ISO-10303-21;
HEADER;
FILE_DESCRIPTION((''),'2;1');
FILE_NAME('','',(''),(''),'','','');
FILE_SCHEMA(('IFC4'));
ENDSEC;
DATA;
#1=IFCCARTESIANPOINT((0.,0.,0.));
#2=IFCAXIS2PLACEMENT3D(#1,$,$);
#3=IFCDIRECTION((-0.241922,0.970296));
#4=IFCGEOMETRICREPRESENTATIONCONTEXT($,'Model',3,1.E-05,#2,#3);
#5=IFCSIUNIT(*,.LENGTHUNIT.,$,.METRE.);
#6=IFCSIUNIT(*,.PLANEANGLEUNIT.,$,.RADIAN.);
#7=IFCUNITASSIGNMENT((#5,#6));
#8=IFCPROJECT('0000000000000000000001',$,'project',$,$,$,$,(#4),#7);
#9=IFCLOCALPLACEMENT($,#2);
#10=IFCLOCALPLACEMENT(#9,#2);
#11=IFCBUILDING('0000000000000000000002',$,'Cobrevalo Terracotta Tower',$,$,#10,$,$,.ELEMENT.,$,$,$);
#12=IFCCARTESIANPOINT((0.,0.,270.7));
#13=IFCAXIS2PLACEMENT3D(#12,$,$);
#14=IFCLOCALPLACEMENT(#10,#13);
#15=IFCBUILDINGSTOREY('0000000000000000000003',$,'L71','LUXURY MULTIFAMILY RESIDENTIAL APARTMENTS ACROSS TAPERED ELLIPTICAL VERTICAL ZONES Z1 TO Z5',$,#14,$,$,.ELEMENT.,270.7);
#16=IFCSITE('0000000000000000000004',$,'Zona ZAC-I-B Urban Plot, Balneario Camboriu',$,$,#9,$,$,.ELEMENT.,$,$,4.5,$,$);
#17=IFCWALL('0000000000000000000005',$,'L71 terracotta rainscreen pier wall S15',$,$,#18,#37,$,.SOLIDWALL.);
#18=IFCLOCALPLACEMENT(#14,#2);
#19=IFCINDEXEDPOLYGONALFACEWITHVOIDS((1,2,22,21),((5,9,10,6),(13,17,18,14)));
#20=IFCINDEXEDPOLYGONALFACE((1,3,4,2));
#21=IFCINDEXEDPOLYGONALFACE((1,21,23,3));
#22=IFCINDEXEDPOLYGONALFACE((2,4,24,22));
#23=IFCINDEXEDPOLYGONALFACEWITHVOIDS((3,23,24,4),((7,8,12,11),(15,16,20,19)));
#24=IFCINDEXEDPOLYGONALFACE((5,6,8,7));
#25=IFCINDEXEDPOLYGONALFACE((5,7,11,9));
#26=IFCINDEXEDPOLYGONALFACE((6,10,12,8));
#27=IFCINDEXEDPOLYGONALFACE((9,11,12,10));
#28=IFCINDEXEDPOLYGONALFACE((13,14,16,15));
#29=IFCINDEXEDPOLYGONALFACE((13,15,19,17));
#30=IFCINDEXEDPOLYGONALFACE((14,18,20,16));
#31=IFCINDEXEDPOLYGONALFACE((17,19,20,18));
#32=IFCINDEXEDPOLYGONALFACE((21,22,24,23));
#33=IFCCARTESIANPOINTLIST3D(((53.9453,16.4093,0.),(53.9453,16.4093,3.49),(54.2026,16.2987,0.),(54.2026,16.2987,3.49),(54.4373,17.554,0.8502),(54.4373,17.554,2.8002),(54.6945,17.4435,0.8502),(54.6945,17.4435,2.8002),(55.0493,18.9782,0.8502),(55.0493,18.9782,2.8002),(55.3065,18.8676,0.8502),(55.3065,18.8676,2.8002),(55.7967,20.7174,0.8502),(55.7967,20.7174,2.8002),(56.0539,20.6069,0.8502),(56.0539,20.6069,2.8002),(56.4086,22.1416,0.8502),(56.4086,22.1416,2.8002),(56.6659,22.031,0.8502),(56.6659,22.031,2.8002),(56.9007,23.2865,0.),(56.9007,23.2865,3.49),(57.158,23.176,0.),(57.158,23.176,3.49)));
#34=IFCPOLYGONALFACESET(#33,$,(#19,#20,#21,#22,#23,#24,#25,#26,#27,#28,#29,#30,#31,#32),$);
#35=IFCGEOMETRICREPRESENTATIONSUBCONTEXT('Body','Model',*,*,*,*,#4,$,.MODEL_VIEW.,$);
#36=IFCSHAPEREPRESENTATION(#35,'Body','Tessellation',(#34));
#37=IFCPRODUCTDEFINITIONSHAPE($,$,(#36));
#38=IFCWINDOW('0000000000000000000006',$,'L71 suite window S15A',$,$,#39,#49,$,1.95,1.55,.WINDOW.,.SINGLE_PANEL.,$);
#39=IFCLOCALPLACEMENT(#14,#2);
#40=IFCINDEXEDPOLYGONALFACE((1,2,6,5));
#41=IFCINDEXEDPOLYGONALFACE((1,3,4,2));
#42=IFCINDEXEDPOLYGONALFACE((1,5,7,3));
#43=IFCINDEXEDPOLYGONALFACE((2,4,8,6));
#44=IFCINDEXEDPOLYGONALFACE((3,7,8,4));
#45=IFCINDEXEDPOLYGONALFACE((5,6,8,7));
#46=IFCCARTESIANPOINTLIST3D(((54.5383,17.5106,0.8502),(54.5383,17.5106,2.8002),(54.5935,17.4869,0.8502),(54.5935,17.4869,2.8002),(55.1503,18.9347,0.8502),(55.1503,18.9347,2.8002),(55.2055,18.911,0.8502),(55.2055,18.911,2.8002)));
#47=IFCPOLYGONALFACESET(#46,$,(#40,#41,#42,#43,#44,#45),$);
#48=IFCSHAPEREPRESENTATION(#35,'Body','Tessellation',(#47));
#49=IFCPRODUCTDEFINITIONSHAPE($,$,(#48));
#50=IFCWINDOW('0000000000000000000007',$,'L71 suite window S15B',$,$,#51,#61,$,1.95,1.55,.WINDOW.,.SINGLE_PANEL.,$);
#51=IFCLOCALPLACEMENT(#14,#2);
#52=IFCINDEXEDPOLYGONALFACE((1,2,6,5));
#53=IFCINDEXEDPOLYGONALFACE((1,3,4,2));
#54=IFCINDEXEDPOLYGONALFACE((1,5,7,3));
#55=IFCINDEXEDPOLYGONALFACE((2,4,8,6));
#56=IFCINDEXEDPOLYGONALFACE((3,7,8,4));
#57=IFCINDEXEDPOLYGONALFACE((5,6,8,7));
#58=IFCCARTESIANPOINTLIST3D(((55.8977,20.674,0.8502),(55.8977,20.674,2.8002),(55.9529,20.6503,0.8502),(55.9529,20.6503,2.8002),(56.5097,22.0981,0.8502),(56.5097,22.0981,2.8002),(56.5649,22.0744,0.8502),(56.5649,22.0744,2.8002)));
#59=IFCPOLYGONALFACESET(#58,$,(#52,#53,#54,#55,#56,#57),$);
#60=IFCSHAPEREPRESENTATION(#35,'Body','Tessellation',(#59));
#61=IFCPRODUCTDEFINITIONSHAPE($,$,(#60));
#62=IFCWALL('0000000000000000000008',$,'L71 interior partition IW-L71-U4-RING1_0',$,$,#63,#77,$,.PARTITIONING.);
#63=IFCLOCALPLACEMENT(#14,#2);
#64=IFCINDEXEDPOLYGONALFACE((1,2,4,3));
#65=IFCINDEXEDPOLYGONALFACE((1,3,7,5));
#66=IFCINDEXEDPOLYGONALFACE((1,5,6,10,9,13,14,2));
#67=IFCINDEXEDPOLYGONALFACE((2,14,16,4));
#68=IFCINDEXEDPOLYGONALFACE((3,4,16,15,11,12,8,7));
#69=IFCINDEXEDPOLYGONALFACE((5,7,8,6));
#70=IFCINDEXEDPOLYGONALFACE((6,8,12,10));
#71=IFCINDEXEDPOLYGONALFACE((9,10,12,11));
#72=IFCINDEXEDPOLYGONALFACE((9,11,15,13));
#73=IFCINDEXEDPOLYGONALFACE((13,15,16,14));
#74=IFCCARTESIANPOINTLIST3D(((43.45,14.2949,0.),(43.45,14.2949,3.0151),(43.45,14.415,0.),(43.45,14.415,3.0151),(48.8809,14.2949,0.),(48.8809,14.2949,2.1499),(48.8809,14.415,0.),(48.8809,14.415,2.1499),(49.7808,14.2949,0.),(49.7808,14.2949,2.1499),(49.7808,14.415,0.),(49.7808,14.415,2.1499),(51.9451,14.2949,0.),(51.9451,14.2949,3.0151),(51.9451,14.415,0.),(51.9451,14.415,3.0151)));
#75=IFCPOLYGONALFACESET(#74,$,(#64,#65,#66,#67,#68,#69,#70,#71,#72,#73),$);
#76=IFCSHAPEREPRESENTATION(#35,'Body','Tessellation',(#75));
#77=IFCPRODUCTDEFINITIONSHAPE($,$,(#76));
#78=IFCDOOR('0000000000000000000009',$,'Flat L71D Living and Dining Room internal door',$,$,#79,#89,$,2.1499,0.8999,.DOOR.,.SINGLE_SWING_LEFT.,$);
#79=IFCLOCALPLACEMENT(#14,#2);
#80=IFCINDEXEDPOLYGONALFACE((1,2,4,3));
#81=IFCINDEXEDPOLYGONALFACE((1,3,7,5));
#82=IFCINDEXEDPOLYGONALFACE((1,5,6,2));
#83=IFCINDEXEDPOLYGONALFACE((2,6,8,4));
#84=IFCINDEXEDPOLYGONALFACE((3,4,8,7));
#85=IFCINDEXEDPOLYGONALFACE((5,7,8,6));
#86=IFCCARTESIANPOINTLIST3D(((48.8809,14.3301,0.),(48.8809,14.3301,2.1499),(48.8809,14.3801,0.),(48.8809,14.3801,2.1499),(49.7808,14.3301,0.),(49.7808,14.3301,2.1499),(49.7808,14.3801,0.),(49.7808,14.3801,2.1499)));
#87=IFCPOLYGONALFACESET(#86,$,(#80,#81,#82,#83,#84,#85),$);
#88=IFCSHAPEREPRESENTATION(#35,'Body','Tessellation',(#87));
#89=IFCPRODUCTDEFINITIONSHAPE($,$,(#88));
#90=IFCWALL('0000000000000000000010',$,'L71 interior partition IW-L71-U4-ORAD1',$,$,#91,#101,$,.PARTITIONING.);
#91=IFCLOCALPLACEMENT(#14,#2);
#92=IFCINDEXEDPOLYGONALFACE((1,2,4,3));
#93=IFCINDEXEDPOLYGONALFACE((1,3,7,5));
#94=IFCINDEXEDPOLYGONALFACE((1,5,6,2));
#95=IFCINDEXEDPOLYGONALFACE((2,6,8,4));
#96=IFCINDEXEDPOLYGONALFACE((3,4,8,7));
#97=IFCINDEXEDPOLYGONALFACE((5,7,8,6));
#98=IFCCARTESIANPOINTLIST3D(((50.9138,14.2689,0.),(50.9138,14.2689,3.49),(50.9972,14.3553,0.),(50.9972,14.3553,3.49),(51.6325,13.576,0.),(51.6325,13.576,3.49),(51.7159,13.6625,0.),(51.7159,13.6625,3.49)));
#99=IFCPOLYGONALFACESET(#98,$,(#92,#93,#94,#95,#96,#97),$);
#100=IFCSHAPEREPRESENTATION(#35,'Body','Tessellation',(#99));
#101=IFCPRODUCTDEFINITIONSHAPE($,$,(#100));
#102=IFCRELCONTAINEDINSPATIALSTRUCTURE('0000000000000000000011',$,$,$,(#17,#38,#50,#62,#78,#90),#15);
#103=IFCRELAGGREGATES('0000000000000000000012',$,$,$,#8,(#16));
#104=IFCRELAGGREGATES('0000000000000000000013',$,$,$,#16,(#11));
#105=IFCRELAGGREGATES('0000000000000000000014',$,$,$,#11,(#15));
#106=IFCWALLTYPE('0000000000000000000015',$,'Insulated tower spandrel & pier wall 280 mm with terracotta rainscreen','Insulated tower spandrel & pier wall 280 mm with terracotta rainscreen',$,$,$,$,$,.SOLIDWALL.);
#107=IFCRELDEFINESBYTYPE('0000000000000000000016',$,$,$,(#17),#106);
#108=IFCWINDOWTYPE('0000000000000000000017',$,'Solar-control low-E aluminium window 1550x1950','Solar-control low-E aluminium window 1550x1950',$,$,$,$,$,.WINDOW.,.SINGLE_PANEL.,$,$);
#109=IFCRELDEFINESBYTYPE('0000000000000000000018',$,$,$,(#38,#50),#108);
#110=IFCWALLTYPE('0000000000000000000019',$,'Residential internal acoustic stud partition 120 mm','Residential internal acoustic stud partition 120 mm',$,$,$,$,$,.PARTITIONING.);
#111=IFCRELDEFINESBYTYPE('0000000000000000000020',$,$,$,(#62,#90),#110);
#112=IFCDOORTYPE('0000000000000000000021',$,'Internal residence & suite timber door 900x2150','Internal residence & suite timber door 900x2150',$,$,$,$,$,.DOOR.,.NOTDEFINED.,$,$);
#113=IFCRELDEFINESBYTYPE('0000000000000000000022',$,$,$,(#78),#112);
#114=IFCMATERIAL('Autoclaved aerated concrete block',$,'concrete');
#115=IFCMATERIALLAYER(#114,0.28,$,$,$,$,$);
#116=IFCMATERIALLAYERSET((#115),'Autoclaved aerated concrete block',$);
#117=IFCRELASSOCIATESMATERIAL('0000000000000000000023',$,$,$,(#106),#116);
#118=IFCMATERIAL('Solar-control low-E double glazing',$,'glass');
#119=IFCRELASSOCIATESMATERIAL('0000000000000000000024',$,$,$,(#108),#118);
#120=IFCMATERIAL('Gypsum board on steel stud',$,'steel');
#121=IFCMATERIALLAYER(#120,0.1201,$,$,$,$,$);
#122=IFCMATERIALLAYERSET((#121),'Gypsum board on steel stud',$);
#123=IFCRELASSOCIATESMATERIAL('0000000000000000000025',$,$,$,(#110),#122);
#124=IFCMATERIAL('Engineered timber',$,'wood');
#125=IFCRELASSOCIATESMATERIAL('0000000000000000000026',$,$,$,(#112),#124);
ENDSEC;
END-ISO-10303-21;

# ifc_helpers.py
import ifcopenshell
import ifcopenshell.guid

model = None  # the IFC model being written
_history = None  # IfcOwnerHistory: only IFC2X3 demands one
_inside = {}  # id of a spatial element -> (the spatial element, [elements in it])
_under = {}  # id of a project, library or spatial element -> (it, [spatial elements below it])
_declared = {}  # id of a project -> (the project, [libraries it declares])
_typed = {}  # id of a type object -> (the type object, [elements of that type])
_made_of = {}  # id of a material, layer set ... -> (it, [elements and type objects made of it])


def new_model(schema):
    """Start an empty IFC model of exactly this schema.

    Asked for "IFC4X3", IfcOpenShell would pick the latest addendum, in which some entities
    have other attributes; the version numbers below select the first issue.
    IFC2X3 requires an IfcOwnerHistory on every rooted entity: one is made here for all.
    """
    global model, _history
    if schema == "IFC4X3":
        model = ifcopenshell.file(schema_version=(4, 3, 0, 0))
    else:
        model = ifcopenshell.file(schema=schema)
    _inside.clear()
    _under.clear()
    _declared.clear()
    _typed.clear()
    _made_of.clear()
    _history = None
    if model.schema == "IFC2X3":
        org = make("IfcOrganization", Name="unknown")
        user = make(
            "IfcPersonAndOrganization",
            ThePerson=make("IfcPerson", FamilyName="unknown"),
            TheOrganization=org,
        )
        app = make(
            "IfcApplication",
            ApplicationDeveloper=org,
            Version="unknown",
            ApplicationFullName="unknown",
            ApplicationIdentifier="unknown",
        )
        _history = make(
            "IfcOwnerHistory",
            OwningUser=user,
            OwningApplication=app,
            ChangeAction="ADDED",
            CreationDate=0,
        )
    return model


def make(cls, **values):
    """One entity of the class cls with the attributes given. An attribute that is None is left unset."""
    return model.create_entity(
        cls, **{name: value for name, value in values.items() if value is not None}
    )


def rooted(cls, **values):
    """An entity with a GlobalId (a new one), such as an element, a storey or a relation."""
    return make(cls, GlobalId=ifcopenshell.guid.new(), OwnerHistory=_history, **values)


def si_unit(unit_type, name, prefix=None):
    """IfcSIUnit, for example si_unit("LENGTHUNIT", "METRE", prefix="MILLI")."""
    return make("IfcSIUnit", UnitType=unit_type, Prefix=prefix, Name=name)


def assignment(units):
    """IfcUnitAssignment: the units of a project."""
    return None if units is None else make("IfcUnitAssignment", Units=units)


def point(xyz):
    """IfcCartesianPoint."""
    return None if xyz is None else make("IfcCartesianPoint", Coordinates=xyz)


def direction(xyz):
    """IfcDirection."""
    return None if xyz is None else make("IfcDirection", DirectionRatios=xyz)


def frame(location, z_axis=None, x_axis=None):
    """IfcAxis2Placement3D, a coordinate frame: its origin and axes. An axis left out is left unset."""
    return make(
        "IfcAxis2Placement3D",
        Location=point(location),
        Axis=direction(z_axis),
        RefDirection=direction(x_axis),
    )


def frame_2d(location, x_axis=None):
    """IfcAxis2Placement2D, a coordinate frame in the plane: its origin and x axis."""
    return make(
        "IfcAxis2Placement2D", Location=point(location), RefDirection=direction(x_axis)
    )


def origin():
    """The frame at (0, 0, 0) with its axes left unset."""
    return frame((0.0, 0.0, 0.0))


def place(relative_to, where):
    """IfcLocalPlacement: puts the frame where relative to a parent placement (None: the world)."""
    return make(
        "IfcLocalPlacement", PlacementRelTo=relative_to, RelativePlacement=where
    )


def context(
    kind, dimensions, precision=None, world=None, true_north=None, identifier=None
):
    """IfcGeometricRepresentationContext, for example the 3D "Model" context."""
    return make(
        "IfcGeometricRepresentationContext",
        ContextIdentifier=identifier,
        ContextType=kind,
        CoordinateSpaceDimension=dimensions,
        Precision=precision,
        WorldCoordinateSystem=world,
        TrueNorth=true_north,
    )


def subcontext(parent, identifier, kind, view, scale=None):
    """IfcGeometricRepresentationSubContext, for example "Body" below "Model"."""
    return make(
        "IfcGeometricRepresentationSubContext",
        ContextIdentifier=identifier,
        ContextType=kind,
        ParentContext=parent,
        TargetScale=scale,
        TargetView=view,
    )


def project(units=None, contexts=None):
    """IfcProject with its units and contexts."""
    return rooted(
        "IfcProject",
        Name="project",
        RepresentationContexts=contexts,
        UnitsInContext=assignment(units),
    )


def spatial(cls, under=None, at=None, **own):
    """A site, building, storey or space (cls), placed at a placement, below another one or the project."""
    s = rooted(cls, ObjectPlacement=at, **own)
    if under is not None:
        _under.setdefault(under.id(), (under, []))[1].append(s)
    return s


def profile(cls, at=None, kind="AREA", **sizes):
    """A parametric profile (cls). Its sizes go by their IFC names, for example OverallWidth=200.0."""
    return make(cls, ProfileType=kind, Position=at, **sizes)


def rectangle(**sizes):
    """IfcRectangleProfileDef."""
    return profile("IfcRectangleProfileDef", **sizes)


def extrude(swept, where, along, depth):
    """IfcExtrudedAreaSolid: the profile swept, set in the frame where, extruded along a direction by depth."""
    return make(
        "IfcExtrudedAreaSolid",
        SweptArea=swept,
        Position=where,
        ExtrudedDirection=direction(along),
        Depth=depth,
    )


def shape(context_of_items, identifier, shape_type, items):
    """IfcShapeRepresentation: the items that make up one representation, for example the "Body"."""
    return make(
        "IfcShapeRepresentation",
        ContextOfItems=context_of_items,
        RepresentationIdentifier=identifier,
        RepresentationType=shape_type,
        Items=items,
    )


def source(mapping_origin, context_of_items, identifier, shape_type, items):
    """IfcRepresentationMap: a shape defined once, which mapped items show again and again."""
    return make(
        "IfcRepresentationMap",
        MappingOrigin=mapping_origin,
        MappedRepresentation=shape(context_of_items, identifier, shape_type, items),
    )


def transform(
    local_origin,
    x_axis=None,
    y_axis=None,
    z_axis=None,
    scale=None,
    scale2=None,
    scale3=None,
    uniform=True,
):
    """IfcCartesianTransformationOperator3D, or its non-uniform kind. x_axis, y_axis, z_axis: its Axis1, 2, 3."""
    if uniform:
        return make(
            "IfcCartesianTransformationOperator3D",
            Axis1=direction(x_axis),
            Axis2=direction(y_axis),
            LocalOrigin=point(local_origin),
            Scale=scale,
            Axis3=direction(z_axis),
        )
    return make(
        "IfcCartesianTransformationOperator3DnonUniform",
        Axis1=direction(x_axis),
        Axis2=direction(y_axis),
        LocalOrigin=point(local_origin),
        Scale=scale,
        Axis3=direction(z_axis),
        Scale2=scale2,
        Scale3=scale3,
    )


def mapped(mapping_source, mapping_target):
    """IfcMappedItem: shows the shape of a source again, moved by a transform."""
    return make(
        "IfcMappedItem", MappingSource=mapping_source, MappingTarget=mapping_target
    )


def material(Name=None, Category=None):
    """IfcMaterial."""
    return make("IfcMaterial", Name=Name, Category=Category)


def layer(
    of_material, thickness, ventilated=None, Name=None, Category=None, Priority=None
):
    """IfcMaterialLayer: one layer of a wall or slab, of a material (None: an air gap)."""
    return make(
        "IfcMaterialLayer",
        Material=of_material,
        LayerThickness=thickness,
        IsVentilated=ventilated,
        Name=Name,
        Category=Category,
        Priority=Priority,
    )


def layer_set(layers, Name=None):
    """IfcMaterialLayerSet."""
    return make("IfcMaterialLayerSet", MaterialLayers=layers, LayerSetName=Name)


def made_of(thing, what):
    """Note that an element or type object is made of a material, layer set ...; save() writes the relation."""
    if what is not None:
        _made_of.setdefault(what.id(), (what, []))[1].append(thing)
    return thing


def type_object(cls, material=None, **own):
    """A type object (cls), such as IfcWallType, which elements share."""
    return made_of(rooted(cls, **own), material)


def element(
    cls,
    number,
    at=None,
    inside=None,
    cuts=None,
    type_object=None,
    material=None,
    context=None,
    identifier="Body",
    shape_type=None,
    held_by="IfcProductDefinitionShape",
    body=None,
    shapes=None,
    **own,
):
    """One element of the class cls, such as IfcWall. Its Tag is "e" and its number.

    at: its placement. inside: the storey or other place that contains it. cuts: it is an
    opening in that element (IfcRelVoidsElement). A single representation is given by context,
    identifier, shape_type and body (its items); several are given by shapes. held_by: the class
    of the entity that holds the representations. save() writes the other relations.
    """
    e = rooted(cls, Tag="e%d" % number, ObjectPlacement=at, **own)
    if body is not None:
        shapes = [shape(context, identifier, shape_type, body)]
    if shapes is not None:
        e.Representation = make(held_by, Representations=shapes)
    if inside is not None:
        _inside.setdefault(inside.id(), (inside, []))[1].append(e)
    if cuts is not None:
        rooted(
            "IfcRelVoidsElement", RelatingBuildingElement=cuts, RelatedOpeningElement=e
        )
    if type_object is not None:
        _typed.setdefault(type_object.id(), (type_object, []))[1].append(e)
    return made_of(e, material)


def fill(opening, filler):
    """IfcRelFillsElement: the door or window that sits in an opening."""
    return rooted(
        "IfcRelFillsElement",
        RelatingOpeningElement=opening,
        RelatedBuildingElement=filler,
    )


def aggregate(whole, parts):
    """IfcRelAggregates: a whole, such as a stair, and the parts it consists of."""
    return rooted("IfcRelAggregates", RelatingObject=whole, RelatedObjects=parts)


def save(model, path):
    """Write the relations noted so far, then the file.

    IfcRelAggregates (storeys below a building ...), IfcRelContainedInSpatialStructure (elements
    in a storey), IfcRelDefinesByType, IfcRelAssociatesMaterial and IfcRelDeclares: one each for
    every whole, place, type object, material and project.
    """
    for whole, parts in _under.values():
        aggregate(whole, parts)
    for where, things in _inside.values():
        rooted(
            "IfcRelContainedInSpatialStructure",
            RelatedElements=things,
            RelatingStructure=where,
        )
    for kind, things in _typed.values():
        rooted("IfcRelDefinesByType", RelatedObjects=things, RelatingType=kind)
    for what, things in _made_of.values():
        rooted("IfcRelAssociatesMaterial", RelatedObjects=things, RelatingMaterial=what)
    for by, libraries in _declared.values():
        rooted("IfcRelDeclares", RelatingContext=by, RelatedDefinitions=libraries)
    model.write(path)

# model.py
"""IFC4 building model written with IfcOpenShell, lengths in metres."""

from ifc_helpers import new_model, si_unit, direction, frame, frame_2d, origin, place, context, subcontext, project, spatial, rectangle, extrude, source, transform, mapped, material, layer, layer_set, type_object, element, fill, save


model = new_model("IFC4")

# Units and contexts
model_context = context("Model", 3, precision=1e-05, world=origin(), true_north=direction((-0.241922, 0.970296)))
body_context = subcontext(model_context, "Body", "Model", "MODEL_VIEW")
ifc_project = project(units=[si_unit("LENGTHUNIT", "METRE"), si_unit("PLANEANGLEUNIT", "RADIAN")], contexts=[model_context])

# Site, building, storey
site_placement = place(None, origin())
site = spatial("IfcSite", under=ifc_project, at=site_placement, Name="Zona ZAC-I-B Urban Plot, Balneario Camboriu", CompositionType="ELEMENT", RefElevation=4.5)
building_placement = place(site_placement, origin())
building = spatial("IfcBuilding", under=site, at=building_placement, Name="Cobrevalo Terracotta Tower", CompositionType="ELEMENT")
storey_placement = place(building_placement, frame((0.0, 0.0, 270.7)))
storey = spatial("IfcBuildingStorey", under=building, at=storey_placement, Name="L71", Description="LUXURY MULTIFAMILY RESIDENTIAL APARTMENTS ACROSS TAPERED ELLIPTICAL VERTICAL ZONES Z1 TO Z5", CompositionType="ELEMENT", Elevation=270.7)

# Shared definitions
ifc_material_1 = material(Name="Solar-control low-E double glazing", Category="glass")

# Wall, openings, windows
ifc_material_2 = material(Name="Autoclaved aerated concrete block", Category="concrete")
ifc_layer_1 = layer(ifc_material_2, 0.28)
ifc_layer_set_1 = layer_set([ifc_layer_1], Name="Autoclaved aerated concrete block")
wall_type_1 = type_object("IfcWallType", Name="Insulated tower spandrel & pier wall 280 mm with terracotta rainscreen", Description="Insulated tower spandrel & pier wall 280 mm with terracotta rainscreen", PredefinedType="SOLIDWALL", material=ifc_layer_set_1)
wall_1_placement = place(storey_placement, frame((54.074, 16.354, 0.0), z_axis=(0.0, 0.0, 1.0), x_axis=(0.394817, 0.91876, 0.0)))
wall_1 = element("IfcWall", 1, at=wall_1_placement, inside=storey, type_object=wall_type_1, Name="L71 terracotta rainscreen pier wall S15", PredefinedType="SOLIDWALL", context=body_context, shape_type="SweptSolid", body=[
    extrude(rectangle(XDim=7.4854, YDim=0.28, at=frame_2d((3.7427, 0.0))), origin(), (0.0, 0.0, 1.0), 3.49),
])
opening_1_placement = place(wall_1_placement, frame((1.2461, 0.0, 0.8501)))
opening_1 = element("IfcOpeningElement", 2, at=opening_1_placement, cuts=wall_1, PredefinedType="OPENING", context=body_context, shape_type="SweptSolid", body=[
    extrude(rectangle(XDim=1.55, YDim=1.95, at=frame_2d((0.7749, 0.9751))), frame((0.0, 0.1499, 0.0), z_axis=(0.0, -1.0, 0.0), x_axis=(1.0, 0.0, 0.0)), (0.0, 0.0, 1.0), 0.3),
])
opening_2_placement = place(wall_1_placement, frame((4.6892, 0.0, 0.8501)))
opening_2 = element("IfcOpeningElement", 3, at=opening_2_placement, cuts=wall_1, PredefinedType="OPENING", context=body_context, shape_type="SweptSolid", body=[
    extrude(rectangle(XDim=1.55, YDim=1.95, at=frame_2d((0.7749, 0.9751))), frame((0.0, 0.1499, 0.0), z_axis=(0.0, -1.0, 0.0), x_axis=(1.0, 0.0, 0.0)), (0.0, 0.0, 1.0), 0.3),
])
window_type = type_object("IfcWindowType", Name="Solar-control low-E aluminium window 1550x1950", Description="Solar-control low-E aluminium window 1550x1950", PartitioningType="SINGLE_PANEL", PredefinedType="WINDOW", material=ifc_material_1)
shared_shape_1 = source(origin(), body_context, "Body", "SweptSolid", [
    extrude(rectangle(XDim=1.55, YDim=1.95, at=frame_2d((0.7749, 0.9751))), frame((0.0, 0.03, 0.0), z_axis=(0.0, -1.0, 0.0), x_axis=(1.0, 0.0, 0.0)), (0.0, 0.0, 1.0), 0.0601),
])
window_1_placement = place(opening_1_placement, origin())
window_1 = element("IfcWindow", 4, at=window_1_placement, inside=storey, type_object=window_type, Name="L71 suite window S15A", OverallHeight=1.95, OverallWidth=1.55, PartitioningType="SINGLE_PANEL", PredefinedType="WINDOW", context=body_context, shape_type="MappedRepresentation", body=[
    mapped(shared_shape_1, transform((0.0, 0.0, 0.0), scale=1.0)),
])
fill(opening_1, window_1)
window_2_placement = place(opening_2_placement, origin())
window_2 = element("IfcWindow", 5, at=window_2_placement, inside=storey, type_object=window_type, Name="L71 suite window S15B", OverallHeight=1.95, OverallWidth=1.55, PartitioningType="SINGLE_PANEL", PredefinedType="WINDOW", context=body_context, shape_type="MappedRepresentation", body=[
    mapped(shared_shape_1, transform((0.0, 0.0, 0.0), scale=1.0)),
])
fill(opening_2, window_2)

# Wall, opening, door
ifc_material_3 = material(Name="Gypsum board on steel stud", Category="steel")
ifc_layer_2 = layer(ifc_material_3, 0.1201)
ifc_layer_set_2 = layer_set([ifc_layer_2], Name="Gypsum board on steel stud")
wall_type_2 = type_object("IfcWallType", Name="Residential internal acoustic stud partition 120 mm", Description="Residential internal acoustic stud partition 120 mm", PredefinedType="PARTITIONING", material=ifc_layer_set_2)
wall_2_placement = place(storey_placement, frame((51.9451, 14.355, 0.0), z_axis=(0.0, 0.0, 1.0), x_axis=(-1.0, 0.0, 0.0)))
wall_2 = element("IfcWall", 6, at=wall_2_placement, inside=storey, type_object=wall_type_2, Name="L71 interior partition IW-L71-U4-RING1_0", PredefinedType="PARTITIONING", context=body_context, shape_type="SweptSolid", body=[
    extrude(rectangle(XDim=8.4951, YDim=0.1201, at=frame_2d((4.2476, 0.0))), origin(), (0.0, 0.0, 1.0), 3.0151),
])
opening_3_placement = place(wall_2_placement, frame((2.1643, 0.0, 0.0)))
opening_3 = element("IfcOpeningElement", 7, at=opening_3_placement, cuts=wall_2, PredefinedType="OPENING", context=body_context, shape_type="SweptSolid", body=[
    extrude(rectangle(XDim=0.8999, YDim=2.1499, at=frame_2d((0.45, 1.075))), frame((0.0, 0.0701, 0.0), z_axis=(0.0, -1.0, 0.0), x_axis=(1.0, 0.0, 0.0)), (0.0, 0.0, 1.0), 0.1401),
])
ifc_material_4 = material(Name="Engineered timber", Category="wood")
door_type = type_object("IfcDoorType", Name="Internal residence & suite timber door 900x2150", Description="Internal residence & suite timber door 900x2150", OperationType="NOTDEFINED", PredefinedType="DOOR", material=ifc_material_4)
shared_shape_2 = source(origin(), body_context, "Body", "SweptSolid", [
    extrude(rectangle(XDim=0.8999, YDim=2.1499, at=frame_2d((0.45, 1.075))), frame((0.0, 0.0249, 0.0), z_axis=(0.0, -1.0, 0.0), x_axis=(1.0, 0.0, 0.0)), (0.0, 0.0, 1.0), 0.05),
])
door_placement = place(opening_3_placement, origin())
door = element("IfcDoor", 8, at=door_placement, inside=storey, type_object=door_type, Name="Flat L71D Living and Dining Room internal door", OperationType="SINGLE_SWING_LEFT", OverallHeight=2.1499, OverallWidth=0.8999, PredefinedType="DOOR", context=body_context, shape_type="MappedRepresentation", body=[
    mapped(shared_shape_2, transform((0.0, 0.0, 0.0), scale=1.0)),
])
fill(opening_3, door)

# Wall
wall_3_placement = place(storey_placement, frame((50.9556, 14.312, 0.0), z_axis=(0.0, 0.0, 1.0), x_axis=(0.719949, -0.694027, 0.0)))
element("IfcWall", 9, at=wall_3_placement, inside=storey, type_object=wall_type_2, Name="L71 interior partition IW-L71-U4-ORAD1", PredefinedType="PARTITIONING", context=body_context, shape_type="SweptSolid", body=[
    extrude(rectangle(XDim=0.9983, YDim=0.1201, at=frame_2d((0.499, 0.0))), origin(), (0.0, 0.0, 1.0), 3.49),
])

save(model, "model.ifc")
